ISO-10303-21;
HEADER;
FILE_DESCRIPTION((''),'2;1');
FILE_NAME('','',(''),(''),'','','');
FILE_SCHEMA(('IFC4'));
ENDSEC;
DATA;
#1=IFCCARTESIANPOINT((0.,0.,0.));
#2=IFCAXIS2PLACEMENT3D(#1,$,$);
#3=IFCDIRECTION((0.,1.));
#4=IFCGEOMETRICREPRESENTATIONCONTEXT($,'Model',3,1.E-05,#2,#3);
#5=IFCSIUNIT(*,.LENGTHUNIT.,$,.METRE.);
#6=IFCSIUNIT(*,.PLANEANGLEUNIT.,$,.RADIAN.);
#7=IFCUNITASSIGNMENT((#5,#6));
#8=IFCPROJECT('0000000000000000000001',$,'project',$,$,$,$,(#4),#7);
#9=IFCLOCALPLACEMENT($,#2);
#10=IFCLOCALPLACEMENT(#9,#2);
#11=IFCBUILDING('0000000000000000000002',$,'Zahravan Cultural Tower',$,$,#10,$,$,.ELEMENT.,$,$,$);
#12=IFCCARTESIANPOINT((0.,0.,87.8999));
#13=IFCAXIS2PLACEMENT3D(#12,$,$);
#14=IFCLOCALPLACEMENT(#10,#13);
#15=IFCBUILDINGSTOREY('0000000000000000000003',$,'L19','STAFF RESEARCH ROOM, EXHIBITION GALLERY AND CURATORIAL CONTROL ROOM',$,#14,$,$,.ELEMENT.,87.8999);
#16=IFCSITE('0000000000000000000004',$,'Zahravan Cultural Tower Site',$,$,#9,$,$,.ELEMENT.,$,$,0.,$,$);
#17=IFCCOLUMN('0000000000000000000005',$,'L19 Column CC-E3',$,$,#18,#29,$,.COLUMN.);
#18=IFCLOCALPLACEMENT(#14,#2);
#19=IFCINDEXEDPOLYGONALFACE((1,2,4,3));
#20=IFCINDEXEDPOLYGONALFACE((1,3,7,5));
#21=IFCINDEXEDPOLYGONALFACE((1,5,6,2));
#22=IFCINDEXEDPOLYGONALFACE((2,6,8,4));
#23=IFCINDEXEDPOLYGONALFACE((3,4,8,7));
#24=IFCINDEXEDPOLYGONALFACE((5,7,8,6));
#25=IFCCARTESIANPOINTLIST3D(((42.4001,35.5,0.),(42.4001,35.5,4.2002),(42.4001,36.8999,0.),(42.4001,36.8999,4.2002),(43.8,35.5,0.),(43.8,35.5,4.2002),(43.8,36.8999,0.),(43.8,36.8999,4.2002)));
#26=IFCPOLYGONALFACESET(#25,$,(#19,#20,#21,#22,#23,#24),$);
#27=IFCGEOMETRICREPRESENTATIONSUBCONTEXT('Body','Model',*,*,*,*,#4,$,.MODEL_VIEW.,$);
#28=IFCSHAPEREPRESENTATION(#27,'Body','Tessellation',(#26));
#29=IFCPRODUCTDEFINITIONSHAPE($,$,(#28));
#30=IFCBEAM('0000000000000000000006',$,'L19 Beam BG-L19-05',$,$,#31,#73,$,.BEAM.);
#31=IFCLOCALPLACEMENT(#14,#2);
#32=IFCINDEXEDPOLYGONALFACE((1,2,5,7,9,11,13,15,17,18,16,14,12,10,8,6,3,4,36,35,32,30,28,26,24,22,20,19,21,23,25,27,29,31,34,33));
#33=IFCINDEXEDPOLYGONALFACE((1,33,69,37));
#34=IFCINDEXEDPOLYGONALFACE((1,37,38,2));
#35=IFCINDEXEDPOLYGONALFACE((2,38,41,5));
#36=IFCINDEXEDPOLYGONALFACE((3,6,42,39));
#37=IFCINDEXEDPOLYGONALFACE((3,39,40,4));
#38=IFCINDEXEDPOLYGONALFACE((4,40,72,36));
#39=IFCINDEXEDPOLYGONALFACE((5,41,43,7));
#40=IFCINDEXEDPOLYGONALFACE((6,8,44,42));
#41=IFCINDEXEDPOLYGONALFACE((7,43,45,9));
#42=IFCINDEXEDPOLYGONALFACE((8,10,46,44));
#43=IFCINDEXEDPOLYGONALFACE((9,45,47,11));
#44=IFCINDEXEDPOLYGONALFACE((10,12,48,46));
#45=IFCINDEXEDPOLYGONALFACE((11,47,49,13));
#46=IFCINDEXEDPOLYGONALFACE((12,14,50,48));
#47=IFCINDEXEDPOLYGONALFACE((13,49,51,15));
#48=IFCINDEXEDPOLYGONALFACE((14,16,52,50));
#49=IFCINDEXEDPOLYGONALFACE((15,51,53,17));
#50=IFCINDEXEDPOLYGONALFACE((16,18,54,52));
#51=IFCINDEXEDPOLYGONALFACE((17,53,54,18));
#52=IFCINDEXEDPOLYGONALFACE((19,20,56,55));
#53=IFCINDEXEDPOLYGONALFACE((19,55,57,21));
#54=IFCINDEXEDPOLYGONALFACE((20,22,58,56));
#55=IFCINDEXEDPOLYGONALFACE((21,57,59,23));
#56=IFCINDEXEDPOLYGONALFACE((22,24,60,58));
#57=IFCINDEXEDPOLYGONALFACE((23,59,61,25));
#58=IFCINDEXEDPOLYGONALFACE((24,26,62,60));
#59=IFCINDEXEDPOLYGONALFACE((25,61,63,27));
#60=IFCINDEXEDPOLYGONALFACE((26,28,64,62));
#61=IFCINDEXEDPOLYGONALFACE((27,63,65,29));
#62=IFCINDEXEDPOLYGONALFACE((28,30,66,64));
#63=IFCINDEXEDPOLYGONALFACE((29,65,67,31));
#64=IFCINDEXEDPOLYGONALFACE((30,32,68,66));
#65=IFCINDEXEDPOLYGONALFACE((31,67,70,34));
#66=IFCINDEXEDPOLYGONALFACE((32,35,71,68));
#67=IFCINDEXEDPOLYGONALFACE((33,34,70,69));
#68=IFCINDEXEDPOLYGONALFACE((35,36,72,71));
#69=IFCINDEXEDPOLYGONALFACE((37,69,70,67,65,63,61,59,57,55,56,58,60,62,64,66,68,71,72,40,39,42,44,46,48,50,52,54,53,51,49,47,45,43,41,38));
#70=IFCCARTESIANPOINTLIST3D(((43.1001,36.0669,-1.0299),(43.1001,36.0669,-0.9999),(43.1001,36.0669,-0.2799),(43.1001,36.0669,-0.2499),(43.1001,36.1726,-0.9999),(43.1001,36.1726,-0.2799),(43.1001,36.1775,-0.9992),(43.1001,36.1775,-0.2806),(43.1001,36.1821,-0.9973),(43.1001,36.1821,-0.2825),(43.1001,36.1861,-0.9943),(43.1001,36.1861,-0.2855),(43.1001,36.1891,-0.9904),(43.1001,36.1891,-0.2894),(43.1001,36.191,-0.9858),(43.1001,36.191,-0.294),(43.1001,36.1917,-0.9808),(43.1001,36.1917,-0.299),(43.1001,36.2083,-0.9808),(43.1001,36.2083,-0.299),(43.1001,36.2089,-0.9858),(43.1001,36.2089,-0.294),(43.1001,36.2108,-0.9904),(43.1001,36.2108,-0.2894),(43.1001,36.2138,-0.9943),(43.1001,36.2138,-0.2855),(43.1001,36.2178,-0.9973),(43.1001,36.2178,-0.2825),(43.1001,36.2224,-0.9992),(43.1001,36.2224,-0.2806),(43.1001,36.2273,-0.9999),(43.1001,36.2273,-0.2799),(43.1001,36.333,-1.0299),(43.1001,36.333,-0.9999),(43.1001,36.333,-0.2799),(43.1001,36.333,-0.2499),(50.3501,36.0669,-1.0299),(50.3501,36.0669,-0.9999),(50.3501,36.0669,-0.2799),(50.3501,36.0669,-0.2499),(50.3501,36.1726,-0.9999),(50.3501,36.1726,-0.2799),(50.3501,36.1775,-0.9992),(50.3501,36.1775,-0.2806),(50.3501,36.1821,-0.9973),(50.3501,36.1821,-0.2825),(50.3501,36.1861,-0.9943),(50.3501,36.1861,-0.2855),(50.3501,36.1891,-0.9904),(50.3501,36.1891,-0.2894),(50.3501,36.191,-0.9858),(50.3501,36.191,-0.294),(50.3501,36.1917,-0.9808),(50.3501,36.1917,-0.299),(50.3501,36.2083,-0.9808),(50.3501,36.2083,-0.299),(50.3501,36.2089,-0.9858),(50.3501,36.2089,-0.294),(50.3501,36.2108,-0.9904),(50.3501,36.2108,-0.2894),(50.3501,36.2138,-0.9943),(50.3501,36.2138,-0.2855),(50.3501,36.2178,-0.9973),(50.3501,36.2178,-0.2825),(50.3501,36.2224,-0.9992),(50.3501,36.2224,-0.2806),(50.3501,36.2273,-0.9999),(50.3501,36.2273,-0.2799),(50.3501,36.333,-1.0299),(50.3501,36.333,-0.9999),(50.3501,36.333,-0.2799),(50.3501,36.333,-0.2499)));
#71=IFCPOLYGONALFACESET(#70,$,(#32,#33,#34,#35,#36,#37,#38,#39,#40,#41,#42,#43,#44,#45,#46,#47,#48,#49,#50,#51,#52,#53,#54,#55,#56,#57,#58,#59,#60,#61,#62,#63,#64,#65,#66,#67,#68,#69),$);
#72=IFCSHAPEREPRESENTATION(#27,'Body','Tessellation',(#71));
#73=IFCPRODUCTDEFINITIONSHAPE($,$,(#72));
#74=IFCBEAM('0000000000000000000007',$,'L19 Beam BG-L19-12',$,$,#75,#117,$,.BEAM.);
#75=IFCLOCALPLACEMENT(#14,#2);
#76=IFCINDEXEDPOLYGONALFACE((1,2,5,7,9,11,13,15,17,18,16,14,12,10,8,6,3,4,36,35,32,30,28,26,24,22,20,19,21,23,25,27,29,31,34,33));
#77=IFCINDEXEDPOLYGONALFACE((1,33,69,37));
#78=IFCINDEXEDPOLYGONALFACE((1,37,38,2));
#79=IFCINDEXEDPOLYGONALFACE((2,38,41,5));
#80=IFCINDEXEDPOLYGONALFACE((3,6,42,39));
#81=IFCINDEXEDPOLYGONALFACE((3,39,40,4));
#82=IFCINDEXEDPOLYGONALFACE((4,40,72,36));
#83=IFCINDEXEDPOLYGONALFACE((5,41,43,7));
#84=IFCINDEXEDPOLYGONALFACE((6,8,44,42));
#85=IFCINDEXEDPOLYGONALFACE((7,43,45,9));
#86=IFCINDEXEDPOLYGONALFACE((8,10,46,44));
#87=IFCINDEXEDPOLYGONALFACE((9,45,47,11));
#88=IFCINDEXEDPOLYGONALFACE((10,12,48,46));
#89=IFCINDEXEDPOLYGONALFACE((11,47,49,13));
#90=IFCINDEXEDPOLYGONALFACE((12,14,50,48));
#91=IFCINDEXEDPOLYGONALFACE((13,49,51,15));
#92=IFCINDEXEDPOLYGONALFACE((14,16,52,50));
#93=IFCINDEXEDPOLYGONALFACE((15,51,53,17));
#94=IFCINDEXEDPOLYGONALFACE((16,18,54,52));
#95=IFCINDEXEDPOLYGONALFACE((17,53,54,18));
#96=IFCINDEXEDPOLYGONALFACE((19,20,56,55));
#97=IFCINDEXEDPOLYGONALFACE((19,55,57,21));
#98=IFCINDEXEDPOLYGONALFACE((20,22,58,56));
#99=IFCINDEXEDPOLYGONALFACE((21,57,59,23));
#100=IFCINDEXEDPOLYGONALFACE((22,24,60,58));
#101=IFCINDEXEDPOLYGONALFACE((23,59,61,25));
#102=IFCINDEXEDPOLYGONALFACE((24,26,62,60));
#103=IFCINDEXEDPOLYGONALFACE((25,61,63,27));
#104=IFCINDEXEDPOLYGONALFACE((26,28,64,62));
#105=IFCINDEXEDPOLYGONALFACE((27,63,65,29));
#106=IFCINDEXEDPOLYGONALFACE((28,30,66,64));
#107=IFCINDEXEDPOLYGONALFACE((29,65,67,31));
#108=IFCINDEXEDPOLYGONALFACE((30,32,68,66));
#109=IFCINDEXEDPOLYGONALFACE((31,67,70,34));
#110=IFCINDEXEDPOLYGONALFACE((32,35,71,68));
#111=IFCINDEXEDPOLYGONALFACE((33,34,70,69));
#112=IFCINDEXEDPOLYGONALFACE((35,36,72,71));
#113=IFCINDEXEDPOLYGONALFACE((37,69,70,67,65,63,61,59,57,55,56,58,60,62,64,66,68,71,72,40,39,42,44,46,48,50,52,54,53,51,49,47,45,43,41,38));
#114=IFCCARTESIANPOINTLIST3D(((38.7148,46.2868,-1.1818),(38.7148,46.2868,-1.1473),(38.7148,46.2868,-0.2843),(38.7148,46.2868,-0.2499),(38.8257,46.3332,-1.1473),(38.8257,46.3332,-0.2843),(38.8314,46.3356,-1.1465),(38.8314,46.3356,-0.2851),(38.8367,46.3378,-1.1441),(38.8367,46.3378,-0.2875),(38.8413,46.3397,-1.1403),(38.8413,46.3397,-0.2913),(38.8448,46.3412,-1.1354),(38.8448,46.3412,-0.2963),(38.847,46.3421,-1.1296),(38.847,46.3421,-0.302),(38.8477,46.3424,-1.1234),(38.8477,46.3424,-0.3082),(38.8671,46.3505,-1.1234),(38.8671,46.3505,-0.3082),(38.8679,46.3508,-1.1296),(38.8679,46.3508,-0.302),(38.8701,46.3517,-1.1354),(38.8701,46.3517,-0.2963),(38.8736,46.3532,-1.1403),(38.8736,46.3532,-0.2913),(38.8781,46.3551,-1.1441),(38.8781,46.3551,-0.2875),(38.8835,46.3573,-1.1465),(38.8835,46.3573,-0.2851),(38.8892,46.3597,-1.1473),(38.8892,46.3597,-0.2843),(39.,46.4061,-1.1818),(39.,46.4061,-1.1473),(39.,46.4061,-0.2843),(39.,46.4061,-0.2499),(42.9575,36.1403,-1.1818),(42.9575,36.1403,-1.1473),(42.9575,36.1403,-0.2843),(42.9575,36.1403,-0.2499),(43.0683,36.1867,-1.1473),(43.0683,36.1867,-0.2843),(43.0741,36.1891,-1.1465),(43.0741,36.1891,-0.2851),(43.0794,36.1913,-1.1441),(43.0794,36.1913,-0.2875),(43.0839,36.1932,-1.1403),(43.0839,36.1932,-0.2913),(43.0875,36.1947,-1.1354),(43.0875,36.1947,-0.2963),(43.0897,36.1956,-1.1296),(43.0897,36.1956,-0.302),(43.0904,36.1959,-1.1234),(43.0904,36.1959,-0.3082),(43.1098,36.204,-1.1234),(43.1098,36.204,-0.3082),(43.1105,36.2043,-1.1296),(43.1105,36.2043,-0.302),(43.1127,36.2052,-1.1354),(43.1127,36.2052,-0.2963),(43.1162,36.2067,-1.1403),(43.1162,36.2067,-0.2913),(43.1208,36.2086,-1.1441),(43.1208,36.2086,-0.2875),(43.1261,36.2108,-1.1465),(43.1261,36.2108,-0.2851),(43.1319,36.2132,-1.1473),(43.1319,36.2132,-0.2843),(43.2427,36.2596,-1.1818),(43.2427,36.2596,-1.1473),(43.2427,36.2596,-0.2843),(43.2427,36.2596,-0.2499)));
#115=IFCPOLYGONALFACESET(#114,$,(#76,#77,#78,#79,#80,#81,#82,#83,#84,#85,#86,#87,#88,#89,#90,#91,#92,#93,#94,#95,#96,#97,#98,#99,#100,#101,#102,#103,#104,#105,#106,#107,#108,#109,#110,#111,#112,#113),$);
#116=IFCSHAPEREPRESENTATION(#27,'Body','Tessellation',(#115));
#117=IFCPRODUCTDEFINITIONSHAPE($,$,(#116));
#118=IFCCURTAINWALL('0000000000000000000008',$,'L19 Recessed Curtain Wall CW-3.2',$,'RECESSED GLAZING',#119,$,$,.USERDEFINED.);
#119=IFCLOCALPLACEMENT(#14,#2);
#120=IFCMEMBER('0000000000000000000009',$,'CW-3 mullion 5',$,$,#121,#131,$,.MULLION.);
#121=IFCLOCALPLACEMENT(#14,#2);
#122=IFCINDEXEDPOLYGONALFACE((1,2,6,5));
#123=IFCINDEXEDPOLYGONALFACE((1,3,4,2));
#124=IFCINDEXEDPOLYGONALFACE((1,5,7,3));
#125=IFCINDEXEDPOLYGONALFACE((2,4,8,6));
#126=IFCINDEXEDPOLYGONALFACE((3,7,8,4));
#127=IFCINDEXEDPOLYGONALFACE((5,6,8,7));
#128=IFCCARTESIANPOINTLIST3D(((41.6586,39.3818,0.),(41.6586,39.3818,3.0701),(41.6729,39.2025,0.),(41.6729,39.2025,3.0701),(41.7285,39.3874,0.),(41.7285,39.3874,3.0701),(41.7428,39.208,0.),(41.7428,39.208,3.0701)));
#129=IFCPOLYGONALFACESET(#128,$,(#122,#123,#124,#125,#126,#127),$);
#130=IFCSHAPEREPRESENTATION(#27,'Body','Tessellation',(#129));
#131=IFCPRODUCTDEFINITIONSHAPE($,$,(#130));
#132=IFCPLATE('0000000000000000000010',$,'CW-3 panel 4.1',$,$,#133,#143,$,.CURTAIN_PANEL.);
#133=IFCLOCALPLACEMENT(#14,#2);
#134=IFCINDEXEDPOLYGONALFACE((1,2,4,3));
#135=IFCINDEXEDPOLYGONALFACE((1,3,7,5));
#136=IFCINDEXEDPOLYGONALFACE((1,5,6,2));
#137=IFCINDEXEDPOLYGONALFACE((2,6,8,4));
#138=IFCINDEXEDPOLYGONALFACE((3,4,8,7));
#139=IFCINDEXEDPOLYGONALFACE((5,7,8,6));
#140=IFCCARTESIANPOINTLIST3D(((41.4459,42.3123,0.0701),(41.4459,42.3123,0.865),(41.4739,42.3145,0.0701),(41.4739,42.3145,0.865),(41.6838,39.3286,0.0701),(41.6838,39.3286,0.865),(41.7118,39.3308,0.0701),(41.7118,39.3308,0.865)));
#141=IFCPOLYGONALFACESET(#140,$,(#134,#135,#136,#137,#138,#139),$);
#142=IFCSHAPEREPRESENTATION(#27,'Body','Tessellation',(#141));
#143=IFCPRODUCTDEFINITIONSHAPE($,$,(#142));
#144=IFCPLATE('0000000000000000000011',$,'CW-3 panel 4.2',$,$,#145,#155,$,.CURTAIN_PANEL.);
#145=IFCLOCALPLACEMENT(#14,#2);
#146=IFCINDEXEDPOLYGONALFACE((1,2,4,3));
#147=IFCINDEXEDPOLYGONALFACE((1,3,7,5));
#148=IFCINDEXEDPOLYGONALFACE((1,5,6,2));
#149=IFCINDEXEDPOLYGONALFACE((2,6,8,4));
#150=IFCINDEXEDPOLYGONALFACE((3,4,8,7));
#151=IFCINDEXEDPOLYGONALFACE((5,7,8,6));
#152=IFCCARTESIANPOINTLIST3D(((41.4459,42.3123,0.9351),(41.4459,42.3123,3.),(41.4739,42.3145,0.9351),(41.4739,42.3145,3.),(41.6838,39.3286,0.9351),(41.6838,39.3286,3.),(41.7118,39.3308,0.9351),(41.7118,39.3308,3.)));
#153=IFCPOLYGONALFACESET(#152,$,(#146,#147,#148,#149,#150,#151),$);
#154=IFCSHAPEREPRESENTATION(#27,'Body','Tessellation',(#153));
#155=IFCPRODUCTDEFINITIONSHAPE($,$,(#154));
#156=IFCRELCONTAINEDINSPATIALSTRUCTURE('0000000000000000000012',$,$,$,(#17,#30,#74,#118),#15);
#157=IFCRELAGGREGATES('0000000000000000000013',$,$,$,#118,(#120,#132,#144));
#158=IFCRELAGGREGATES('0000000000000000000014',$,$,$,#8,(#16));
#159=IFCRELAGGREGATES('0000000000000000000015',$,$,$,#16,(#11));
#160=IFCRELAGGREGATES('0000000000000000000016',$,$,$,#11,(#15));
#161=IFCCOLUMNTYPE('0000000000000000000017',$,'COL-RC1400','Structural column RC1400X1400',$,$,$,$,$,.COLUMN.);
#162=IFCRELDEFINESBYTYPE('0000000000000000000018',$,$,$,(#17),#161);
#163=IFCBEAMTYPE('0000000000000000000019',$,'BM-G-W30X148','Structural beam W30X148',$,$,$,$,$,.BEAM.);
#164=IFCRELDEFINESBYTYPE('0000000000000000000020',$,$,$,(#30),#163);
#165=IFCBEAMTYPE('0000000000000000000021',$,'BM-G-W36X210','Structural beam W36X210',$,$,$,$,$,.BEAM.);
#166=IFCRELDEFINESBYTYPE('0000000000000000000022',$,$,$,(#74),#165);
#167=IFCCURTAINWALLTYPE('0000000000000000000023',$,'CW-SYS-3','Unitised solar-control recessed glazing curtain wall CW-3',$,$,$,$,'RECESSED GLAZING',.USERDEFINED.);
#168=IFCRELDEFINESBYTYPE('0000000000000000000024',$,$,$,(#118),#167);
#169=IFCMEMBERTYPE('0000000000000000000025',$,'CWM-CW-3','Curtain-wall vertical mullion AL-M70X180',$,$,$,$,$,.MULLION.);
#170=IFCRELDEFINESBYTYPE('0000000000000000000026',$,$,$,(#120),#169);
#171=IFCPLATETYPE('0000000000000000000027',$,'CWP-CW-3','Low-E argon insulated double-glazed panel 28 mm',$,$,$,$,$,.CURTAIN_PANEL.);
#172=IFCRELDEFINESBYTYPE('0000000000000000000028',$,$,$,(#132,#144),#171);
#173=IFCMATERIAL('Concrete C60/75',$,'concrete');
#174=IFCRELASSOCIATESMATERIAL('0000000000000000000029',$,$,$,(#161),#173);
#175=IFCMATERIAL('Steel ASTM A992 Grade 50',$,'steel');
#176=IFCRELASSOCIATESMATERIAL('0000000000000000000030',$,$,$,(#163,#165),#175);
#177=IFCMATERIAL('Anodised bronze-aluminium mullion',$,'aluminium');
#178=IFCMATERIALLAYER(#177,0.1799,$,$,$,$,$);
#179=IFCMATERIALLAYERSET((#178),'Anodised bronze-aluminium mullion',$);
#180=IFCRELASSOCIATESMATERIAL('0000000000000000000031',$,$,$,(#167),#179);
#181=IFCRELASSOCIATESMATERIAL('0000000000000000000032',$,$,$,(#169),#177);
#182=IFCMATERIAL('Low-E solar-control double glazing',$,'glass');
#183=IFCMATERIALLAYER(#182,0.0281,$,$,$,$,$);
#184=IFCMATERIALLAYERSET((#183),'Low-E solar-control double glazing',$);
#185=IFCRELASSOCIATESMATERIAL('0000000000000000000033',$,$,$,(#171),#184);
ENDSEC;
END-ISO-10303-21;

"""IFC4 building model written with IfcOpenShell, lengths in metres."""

from ifc_helpers import new_model, si_unit, direction, frame, origin, origin_2d, place, context, subcontext, project, spatial, rectangle, i_section, extrude, source, transform, mapped, material, layer, layer_set, material_profile, profile_set, type_object, element, aggregate, save


model = new_model("IFC4")

# Units and contexts
model_context = context("Model", 3, precision=1e-05, world=origin(), true_north=direction((0.0, 1.0)))
body_context = subcontext(model_context, "Body", "Model", "MODEL_VIEW")
ifc_project = project(units=[si_unit("LENGTHUNIT", "METRE"), si_unit("PLANEANGLEUNIT", "RADIAN")], contexts=[model_context])

# Site, building, storey
site_placement = place(None, origin())
site = spatial("IfcSite", under=ifc_project, at=site_placement, Name="Zahravan Cultural Tower Site", CompositionType="ELEMENT", RefElevation=0.0)
building_placement = place(site_placement, origin())
building = spatial("IfcBuilding", under=site, at=building_placement, Name="Zahravan Cultural Tower", CompositionType="ELEMENT")
storey_placement = place(building_placement, frame((0.0, 0.0, 87.8999)))
storey = spatial("IfcBuildingStorey", under=building, at=storey_placement, Name="L19", Description="STAFF RESEARCH ROOM, EXHIBITION GALLERY AND CURATORIAL CONTROL ROOM", CompositionType="ELEMENT", Elevation=87.8999)

# Column
ifc_material_1 = material(Name="Concrete C60/75", Category="concrete")
ifc_material_profile_1 = material_profile(ifc_material_1, rectangle(XDim=1.3999, YDim=1.3999, at=origin_2d()), Name="RC1400X1400")
ifc_profile_set_1 = profile_set([ifc_material_profile_1], Name="Concrete C60/75")
column_type = type_object("IfcColumnType", Name="COL-RC1400", Description="Structural column RC1400X1400", PredefinedType="COLUMN", material=ifc_profile_set_1)
shared_shape_1 = source(origin(), body_context, "Body", "SweptSolid", [
    extrude(rectangle(XDim=1.3999, YDim=1.3999, at=origin_2d()), origin(), (0.0, 0.0, 1.0), 4.2002),
])
column_placement = place(storey_placement, frame((43.1001, 36.2, 0.0), z_axis=(0.0, 0.0, 1.0), x_axis=(1.0, 0.0, 0.0)))
element("IfcColumn", 1, at=column_placement, inside=storey, type_object=column_type, Name="L19 Column CC-E3", PredefinedType="COLUMN", context=body_context, shape_type="MappedRepresentation", body=[
    mapped(shared_shape_1, transform((0.0, 0.0, 0.0), x_axis=(1.0, 0.0, 0.0), y_axis=(0.0, 1.0, 0.0), z_axis=(0.0, 0.0, 1.0), scale=1.0)),
])

# Beams
ifc_material_2 = material(Name="Steel ASTM A992 Grade 50", Category="steel")
ifc_material_profile_2 = material_profile(ifc_material_2, i_section(OverallWidth=0.2661, OverallDepth=0.78, WebThickness=0.0166, FlangeThickness=0.03, FilletRadius=0.019, at=origin_2d()), Name="W30X148")
ifc_profile_set_2 = profile_set([ifc_material_profile_2], Name="Steel ASTM A992 Grade 50")
beam_type_1 = type_object("IfcBeamType", Name="BM-G-W30X148", Description="Structural beam W30X148", PredefinedType="BEAM", material=ifc_profile_set_2)
shared_shape_2 = source(origin(), body_context, "Body", "SweptSolid", [
    extrude(i_section(OverallWidth=0.2661, OverallDepth=0.78, WebThickness=0.0166, FlangeThickness=0.03, FilletRadius=0.019, at=origin_2d()), origin(), (0.0, 0.0, 1.0), 7.25),
])
beam_1_placement = place(storey_placement, frame((43.1001, 36.2, -0.6399), z_axis=(1.0, 0.0, 0.0), x_axis=(0.0, 1.0, 0.0)))
element("IfcBeam", 2, at=beam_1_placement, inside=storey, type_object=beam_type_1, Name="L19 Beam BG-L19-05", PredefinedType="BEAM", context=body_context, shape_type="MappedRepresentation", body=[
    mapped(shared_shape_2, transform((0.0, 0.0, 0.0), x_axis=(1.0, 0.0, 0.0), y_axis=(0.0, 1.0, 0.0), z_axis=(0.0, 0.0, 1.0), scale=1.0)),
])
ifc_material_profile_3 = material_profile(ifc_material_2, i_section(OverallWidth=0.3091, OverallDepth=0.9319, WebThickness=0.021, FlangeThickness=0.0344, FilletRadius=0.0239, at=origin_2d()), Name="W36X210")
ifc_profile_set_3 = profile_set([ifc_material_profile_3], Name="Steel ASTM A992 Grade 50")
beam_type_2 = type_object("IfcBeamType", Name="BM-G-W36X210", Description="Structural beam W36X210", PredefinedType="BEAM", material=ifc_profile_set_3)
shared_shape_3 = source(origin(), body_context, "Body", "SweptSolid", [
    extrude(i_section(OverallWidth=0.3091, OverallDepth=0.9319, WebThickness=0.021, FlangeThickness=0.0344, FilletRadius=0.0239, at=origin_2d()), origin(), (0.0, 0.0, 1.0), 10.9978),
])
beam_2_placement = place(storey_placement, frame((43.1001, 36.2, -0.7158), z_axis=(-0.385775, 0.922593, 0.0), x_axis=(-0.922593, -0.385775, 0.0)))
element("IfcBeam", 3, at=beam_2_placement, inside=storey, type_object=beam_type_2, Name="L19 Beam BG-L19-12", PredefinedType="BEAM", context=body_context, shape_type="MappedRepresentation", body=[
    mapped(shared_shape_3, transform((0.0, 0.0, 0.0), x_axis=(1.0, 0.0, 0.0), y_axis=(0.0, 1.0, 0.0), z_axis=(0.0, 0.0, 1.0), scale=1.0)),
])

# Curtain wall, member, plates
ifc_material_3 = material(Name="Anodised bronze-aluminium mullion", Category="aluminium")
ifc_layer_1 = layer(ifc_material_3, 0.1799)
ifc_layer_set_1 = layer_set([ifc_layer_1], Name="Anodised bronze-aluminium mullion")
curtain_wall_type = type_object("IfcCurtainWallType", Name="CW-SYS-3", Description="Unitised solar-control recessed glazing curtain wall CW-3", ElementType="RECESSED GLAZING", PredefinedType="USERDEFINED", material=ifc_layer_set_1)
curtain_wall_placement = place(storey_placement, origin())
curtain_wall = element("IfcCurtainWall", 4, at=curtain_wall_placement, inside=storey, type_object=curtain_wall_type, Name="L19 Recessed Curtain Wall CW-3.2", ObjectType="RECESSED GLAZING", PredefinedType="USERDEFINED")
ifc_material_profile_4 = material_profile(ifc_material_3, rectangle(XDim=0.0701, YDim=0.1799, at=origin_2d()), Name="AL-M70X180")
ifc_profile_set_4 = profile_set([ifc_material_profile_4], Name="Anodised bronze-aluminium mullion")
member_type = type_object("IfcMemberType", Name="CWM-CW-3", Description="Curtain-wall vertical mullion AL-M70X180", PredefinedType="MULLION", material=ifc_profile_set_4)
shared_shape_4 = source(origin(), body_context, "Body", "SweptSolid", [
    extrude(rectangle(XDim=0.0701, YDim=0.1799, at=origin_2d()), origin(), (0.0, 0.0, 1.0), 3.0701),
])
member_placement = place(storey_placement, frame((41.7007, 39.2949, 0.0), z_axis=(0.0, 0.0, 1.0), x_axis=(0.996835, 0.079501, 0.0)))
member = element("IfcMember", 5, at=member_placement, type_object=member_type, Name="CW-3 mullion 5", PredefinedType="MULLION", context=body_context, shape_type="MappedRepresentation", body=[
    mapped(shared_shape_4, transform((0.0, 0.0, 0.0), x_axis=(1.0, 0.0, 0.0), y_axis=(0.0, 1.0, 0.0), z_axis=(0.0, 0.0, 1.0), scale=1.0)),
])
ifc_material_4 = material(Name="Low-E solar-control double glazing", Category="glass")
ifc_layer_2 = layer(ifc_material_4, 0.0281)
ifc_layer_set_2 = layer_set([ifc_layer_2], Name="Low-E solar-control double glazing")
plate_type = type_object("IfcPlateType", Name="CWP-CW-3", Description="Low-E argon insulated double-glazed panel 28 mm", PredefinedType="CURTAIN_PANEL", material=ifc_layer_set_2)
shared_shape_5 = source(origin(), body_context, "Body", "SweptSolid", [
    extrude(rectangle(XDim=2.9932, YDim=0.0281, at=origin_2d()), origin(), (0.0, 0.0, 1.0), 0.7949),
])
plate_1_placement = place(storey_placement, frame((41.5789, 40.8215, 0.0701), z_axis=(0.0, 0.0, 1.0), x_axis=(0.079501, -0.996835, 0.0)))
plate_1 = element("IfcPlate", 6, at=plate_1_placement, type_object=plate_type, Name="CW-3 panel 4.1", PredefinedType="CURTAIN_PANEL", context=body_context, shape_type="MappedRepresentation", body=[
    mapped(shared_shape_5, transform((0.0, 0.0, 0.0), x_axis=(1.0, 0.0, 0.0), y_axis=(0.0, 1.0, 0.0), z_axis=(0.0, 0.0, 1.0), scale=1.0)),
])
shared_shape_6 = source(origin(), body_context, "Body", "SweptSolid", [
    extrude(rectangle(XDim=2.9932, YDim=0.0281, at=origin_2d()), origin(), (0.0, 0.0, 1.0), 2.0649),
])
plate_2_placement = place(storey_placement, frame((41.5789, 40.8215, 0.9351), z_axis=(0.0, 0.0, 1.0), x_axis=(0.079501, -0.996835, 0.0)))
plate_2 = element("IfcPlate", 7, at=plate_2_placement, type_object=plate_type, Name="CW-3 panel 4.2", PredefinedType="CURTAIN_PANEL", context=body_context, shape_type="MappedRepresentation", body=[
    mapped(shared_shape_6, transform((0.0, 0.0, 0.0), x_axis=(1.0, 0.0, 0.0), y_axis=(0.0, 1.0, 0.0), z_axis=(0.0, 0.0, 1.0), scale=1.0)),
])
aggregate(curtain_wall, [member, plate_1, plate_2])

save(model, "model.ifc")
